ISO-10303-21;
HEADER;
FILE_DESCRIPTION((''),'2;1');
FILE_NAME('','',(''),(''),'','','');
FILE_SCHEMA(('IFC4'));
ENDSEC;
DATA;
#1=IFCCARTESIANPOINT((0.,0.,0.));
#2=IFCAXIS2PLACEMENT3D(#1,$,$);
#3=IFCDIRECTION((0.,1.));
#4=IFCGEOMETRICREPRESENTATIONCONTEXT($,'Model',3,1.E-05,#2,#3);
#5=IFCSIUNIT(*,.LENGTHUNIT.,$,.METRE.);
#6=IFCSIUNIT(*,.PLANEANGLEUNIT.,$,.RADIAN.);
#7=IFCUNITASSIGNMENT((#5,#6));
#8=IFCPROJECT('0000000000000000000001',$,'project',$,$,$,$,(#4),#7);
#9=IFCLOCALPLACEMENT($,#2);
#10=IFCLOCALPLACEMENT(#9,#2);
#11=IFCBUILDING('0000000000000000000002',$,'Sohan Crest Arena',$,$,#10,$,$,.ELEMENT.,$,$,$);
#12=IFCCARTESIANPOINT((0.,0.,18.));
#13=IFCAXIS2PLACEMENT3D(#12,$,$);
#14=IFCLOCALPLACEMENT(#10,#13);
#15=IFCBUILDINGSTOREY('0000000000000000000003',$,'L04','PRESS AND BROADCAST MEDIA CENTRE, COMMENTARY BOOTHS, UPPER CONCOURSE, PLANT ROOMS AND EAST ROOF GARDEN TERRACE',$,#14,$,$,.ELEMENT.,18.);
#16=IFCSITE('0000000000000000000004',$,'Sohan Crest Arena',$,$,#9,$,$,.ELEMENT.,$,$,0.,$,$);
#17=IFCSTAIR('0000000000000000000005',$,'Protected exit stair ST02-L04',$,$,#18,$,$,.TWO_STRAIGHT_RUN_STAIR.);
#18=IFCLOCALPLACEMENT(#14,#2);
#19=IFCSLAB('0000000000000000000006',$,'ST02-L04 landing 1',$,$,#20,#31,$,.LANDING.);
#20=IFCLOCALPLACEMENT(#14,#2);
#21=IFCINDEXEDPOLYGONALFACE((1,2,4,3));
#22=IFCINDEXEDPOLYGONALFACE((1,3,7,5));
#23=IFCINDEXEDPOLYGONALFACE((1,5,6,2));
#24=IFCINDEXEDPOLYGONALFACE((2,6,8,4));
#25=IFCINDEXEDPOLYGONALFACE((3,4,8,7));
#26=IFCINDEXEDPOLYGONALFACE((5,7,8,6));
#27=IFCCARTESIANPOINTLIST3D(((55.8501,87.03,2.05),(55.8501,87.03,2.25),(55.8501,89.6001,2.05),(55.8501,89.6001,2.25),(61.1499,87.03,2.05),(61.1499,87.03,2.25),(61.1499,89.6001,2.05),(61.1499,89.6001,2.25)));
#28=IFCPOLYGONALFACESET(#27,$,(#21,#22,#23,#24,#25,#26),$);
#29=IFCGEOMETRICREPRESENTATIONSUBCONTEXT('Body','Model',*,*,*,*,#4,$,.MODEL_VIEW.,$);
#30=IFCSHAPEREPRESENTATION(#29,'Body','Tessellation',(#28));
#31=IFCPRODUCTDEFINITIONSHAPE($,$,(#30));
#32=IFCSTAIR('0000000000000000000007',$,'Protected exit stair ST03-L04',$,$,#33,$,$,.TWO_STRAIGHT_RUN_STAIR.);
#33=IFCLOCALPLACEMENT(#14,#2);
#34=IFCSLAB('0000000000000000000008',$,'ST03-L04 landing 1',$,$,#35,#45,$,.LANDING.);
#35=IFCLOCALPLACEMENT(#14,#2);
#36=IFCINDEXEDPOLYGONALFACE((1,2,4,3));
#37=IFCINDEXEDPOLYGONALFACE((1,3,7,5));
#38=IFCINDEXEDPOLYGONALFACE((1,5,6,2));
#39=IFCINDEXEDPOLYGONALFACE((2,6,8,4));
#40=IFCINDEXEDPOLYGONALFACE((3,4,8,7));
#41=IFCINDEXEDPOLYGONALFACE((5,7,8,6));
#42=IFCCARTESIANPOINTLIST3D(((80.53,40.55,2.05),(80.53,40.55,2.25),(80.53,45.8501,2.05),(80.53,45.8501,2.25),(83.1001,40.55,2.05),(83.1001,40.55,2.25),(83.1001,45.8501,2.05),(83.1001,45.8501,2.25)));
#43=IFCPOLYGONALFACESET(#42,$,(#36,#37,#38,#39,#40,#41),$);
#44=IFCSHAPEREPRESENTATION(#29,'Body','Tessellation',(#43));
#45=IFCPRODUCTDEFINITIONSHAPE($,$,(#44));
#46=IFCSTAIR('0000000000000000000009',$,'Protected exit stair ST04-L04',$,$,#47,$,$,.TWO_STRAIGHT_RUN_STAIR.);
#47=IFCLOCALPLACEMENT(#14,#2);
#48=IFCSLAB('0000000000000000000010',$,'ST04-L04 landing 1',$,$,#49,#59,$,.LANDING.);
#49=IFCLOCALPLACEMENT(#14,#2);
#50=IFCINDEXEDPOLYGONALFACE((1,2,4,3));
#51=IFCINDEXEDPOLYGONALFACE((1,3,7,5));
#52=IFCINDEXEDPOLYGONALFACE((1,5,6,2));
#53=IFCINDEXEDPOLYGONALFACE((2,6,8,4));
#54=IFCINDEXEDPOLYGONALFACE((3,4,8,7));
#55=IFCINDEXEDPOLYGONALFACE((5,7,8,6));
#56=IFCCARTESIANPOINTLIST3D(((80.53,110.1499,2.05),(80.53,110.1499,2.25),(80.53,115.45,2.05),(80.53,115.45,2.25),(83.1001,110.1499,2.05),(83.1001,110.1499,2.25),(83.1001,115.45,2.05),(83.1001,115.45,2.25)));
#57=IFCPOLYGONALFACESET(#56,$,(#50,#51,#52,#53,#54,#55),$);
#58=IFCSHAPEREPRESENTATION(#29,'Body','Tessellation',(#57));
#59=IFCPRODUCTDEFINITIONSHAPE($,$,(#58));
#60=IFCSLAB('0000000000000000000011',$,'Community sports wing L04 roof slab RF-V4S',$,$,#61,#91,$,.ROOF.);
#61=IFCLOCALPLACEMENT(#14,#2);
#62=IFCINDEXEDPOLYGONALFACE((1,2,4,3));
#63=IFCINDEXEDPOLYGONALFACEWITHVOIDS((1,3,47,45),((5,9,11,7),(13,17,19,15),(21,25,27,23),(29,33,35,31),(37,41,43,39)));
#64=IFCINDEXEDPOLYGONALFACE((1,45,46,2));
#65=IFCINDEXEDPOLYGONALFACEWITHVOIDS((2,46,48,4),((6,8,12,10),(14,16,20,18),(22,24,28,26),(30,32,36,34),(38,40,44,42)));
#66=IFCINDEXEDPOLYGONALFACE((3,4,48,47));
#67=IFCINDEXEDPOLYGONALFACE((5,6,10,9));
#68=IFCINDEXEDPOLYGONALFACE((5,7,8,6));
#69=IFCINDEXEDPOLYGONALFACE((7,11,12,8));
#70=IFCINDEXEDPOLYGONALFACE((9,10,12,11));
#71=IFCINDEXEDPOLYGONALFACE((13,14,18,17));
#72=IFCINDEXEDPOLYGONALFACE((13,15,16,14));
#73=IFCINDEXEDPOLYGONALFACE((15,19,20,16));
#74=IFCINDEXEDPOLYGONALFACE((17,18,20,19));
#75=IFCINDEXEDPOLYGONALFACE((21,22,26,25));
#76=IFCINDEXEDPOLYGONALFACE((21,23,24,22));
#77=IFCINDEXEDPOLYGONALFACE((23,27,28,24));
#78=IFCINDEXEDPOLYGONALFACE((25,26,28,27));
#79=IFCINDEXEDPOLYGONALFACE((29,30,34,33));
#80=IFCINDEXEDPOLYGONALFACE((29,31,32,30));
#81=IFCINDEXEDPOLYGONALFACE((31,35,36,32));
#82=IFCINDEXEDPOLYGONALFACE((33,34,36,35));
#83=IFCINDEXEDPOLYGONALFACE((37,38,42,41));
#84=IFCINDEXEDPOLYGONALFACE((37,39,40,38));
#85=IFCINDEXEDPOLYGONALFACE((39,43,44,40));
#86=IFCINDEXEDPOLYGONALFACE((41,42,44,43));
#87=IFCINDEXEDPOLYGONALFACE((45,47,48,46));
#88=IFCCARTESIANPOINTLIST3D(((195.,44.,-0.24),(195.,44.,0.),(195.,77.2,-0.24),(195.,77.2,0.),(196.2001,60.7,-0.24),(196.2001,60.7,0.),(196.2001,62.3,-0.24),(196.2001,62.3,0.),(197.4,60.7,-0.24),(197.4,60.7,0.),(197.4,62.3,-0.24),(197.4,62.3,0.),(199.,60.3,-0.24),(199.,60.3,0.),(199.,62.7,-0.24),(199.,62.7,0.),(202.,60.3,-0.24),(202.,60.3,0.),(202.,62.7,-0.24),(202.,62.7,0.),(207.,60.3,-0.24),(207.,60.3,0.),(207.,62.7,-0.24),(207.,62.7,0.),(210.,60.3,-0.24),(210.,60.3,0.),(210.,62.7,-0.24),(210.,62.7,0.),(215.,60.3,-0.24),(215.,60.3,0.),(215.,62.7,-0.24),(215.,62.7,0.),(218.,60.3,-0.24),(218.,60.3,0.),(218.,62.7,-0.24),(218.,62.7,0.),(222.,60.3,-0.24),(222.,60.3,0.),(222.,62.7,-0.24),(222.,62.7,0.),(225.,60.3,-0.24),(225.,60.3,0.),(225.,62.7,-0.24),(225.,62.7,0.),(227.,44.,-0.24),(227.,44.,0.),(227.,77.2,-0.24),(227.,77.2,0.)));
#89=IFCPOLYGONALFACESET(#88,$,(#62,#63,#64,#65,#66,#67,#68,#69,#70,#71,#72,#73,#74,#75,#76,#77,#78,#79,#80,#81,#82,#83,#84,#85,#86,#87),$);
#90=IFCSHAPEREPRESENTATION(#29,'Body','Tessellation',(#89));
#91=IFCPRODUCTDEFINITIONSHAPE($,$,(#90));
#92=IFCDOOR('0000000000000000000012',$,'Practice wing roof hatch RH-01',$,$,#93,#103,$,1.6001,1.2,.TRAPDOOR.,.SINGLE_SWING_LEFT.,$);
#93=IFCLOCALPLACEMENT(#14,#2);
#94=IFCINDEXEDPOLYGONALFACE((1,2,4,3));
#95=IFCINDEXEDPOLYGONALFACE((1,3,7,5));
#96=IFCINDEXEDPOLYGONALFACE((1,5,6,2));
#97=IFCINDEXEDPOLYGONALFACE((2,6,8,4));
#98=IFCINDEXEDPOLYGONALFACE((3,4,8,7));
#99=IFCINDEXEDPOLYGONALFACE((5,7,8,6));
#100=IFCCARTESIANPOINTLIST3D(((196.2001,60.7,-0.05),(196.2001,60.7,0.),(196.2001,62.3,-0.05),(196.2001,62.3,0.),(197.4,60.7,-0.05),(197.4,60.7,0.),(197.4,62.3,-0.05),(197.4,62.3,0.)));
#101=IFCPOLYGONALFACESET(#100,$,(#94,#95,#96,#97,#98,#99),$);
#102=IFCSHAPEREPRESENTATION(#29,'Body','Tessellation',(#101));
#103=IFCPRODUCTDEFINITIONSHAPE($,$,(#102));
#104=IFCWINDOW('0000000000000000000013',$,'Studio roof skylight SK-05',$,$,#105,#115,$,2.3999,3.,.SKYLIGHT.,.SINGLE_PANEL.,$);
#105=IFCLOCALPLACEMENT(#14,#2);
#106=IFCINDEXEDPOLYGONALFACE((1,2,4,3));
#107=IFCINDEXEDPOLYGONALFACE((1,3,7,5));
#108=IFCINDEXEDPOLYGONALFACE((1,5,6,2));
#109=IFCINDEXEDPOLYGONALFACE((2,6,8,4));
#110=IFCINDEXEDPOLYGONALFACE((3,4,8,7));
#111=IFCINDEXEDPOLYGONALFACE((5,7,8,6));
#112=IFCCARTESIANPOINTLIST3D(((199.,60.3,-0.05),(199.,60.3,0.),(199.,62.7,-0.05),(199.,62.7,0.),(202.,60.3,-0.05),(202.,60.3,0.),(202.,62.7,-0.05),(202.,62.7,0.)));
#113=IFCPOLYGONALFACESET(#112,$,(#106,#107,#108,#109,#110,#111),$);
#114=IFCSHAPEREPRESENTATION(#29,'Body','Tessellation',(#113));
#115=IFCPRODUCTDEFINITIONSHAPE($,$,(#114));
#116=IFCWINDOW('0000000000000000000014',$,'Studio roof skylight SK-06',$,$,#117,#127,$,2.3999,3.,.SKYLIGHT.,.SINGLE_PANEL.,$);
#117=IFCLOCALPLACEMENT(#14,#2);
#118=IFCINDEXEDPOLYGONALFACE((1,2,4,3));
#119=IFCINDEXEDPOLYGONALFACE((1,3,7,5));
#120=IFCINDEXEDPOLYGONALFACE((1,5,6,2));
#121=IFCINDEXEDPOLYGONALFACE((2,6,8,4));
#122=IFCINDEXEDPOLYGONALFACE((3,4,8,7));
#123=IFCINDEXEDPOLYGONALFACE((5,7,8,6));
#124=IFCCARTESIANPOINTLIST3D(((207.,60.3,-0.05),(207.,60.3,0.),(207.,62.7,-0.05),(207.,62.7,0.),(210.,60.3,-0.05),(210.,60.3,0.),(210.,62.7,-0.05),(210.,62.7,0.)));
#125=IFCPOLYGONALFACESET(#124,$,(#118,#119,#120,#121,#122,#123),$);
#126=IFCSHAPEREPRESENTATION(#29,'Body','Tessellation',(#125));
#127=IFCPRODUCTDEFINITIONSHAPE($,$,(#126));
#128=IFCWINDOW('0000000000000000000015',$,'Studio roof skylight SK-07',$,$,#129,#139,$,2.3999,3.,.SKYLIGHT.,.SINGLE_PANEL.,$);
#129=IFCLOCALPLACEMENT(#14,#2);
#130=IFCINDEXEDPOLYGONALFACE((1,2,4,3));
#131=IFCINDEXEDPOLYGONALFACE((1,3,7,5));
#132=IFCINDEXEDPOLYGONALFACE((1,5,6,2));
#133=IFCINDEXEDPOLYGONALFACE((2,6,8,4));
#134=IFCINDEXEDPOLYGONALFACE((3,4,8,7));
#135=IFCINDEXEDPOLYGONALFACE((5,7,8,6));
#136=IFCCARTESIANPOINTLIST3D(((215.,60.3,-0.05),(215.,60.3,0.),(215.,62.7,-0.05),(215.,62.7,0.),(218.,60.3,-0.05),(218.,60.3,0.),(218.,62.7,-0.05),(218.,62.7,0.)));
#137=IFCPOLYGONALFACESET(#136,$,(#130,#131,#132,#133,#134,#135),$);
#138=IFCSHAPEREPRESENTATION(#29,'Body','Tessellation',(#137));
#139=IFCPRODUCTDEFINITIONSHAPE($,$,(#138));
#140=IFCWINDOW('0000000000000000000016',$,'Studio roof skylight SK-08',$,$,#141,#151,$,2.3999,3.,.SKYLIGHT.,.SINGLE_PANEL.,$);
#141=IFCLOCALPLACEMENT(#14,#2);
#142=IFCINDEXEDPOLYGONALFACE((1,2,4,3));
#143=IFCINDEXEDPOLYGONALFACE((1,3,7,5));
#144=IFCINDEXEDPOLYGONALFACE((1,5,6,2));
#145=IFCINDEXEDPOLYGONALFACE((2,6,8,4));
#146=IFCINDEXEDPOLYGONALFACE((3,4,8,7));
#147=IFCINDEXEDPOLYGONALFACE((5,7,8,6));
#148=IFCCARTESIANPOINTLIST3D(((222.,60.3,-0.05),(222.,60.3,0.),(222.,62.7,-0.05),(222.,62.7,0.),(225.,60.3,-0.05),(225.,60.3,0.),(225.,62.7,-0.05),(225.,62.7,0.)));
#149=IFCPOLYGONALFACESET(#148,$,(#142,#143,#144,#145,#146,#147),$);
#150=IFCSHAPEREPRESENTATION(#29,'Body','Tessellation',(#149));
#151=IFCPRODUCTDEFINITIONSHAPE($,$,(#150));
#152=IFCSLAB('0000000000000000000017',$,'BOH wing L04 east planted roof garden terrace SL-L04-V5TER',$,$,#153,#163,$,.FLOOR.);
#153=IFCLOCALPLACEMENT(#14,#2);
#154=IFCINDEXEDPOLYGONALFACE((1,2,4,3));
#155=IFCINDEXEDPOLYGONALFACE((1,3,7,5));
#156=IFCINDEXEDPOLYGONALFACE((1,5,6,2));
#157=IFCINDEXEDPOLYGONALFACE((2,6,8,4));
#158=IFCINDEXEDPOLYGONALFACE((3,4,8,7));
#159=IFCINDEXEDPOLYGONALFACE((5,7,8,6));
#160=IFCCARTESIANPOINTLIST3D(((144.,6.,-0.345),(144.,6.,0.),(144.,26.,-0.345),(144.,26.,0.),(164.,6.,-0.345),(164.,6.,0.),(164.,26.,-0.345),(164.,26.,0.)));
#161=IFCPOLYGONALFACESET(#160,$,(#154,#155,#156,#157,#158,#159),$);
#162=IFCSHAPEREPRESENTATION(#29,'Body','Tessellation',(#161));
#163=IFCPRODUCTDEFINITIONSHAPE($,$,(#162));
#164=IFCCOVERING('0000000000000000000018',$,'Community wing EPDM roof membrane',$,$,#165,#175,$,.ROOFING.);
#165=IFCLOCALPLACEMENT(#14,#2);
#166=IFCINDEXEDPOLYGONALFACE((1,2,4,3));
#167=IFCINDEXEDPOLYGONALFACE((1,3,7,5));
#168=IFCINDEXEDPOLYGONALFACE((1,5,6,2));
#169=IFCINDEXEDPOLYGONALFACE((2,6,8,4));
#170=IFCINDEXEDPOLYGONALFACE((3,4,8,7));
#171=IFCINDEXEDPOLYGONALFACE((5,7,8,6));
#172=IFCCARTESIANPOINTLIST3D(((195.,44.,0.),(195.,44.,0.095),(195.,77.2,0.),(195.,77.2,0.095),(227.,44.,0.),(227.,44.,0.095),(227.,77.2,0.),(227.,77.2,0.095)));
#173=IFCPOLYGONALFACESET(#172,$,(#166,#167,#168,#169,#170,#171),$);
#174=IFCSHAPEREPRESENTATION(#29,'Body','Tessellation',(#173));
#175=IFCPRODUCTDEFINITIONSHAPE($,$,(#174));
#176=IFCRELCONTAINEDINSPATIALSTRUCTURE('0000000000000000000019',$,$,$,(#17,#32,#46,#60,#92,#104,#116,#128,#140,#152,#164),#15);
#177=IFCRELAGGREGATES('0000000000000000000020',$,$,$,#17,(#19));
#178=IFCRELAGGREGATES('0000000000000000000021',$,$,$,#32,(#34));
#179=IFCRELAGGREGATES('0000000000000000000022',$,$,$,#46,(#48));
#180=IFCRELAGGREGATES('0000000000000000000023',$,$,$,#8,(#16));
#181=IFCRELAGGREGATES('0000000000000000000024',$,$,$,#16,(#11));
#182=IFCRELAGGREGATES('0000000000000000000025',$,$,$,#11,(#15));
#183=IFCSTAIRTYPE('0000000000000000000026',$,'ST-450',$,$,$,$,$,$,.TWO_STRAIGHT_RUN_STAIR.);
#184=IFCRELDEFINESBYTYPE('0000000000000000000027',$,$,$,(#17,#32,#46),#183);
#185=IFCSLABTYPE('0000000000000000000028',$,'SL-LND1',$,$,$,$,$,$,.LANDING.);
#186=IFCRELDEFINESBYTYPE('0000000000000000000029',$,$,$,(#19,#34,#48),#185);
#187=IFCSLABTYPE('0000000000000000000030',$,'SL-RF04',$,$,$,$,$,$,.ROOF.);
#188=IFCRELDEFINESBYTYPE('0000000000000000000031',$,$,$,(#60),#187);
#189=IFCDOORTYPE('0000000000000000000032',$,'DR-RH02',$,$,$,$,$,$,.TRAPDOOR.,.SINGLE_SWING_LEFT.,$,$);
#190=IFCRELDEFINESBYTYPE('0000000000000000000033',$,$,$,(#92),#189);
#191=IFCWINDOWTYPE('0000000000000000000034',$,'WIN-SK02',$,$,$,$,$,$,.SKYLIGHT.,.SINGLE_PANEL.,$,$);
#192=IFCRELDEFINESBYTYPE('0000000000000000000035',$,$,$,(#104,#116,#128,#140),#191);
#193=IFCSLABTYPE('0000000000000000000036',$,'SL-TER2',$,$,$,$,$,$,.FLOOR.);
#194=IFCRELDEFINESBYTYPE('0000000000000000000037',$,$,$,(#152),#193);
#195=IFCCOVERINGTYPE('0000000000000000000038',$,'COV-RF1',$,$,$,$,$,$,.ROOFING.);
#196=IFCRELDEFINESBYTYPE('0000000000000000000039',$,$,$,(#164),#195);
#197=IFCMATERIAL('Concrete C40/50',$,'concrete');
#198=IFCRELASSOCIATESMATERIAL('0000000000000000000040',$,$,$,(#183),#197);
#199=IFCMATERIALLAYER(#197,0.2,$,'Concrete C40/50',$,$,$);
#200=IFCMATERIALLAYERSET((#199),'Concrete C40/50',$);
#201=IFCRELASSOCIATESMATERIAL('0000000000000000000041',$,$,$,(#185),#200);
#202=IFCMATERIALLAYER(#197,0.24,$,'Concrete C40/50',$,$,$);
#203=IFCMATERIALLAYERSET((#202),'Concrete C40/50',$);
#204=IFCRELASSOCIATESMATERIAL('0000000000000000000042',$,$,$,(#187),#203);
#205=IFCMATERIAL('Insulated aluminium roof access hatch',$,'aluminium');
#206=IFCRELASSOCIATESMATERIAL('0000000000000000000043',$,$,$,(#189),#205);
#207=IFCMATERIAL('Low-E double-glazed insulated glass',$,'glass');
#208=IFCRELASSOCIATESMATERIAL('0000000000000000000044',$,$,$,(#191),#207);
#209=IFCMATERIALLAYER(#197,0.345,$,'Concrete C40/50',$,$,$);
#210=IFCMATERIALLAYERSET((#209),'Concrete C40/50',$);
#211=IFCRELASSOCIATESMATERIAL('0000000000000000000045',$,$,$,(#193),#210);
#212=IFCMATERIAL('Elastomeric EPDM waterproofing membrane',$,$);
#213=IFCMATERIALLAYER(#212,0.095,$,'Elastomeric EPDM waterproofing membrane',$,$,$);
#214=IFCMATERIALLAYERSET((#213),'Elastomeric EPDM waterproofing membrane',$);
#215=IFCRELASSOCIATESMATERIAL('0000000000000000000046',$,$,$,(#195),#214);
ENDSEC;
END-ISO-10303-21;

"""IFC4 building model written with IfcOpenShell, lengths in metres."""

from ifc_helpers import new_model, si_unit, direction, frame, origin, origin_2d, place, context, subcontext, project, spatial, polyline, rectangle, outline, extrude, material, layer, layer_set, type_object, element, fill, aggregate, save


model = new_model("IFC4")

# Units and contexts
model_context = context("Model", 3, precision=1e-05, world=origin(), true_north=direction((0.0, 1.0)))
body_context = subcontext(model_context, "Body", "Model", "MODEL_VIEW")
ifc_project = project(units=[si_unit("LENGTHUNIT", "METRE"), si_unit("PLANEANGLEUNIT", "RADIAN")], contexts=[model_context])

# Site, building, storey
site_placement = place(None, origin())
site = spatial("IfcSite", under=ifc_project, at=site_placement, Name="Sohan Crest Arena", CompositionType="ELEMENT", RefElevation=0.0)
building_placement = place(site_placement, origin())
building = spatial("IfcBuilding", under=site, at=building_placement, Name="Sohan Crest Arena", CompositionType="ELEMENT")
storey_placement = place(building_placement, frame((0.0, 0.0, 18.0)))
storey = spatial("IfcBuildingStorey", under=building, at=storey_placement, Name="L04", Description="PRESS AND BROADCAST MEDIA CENTRE, COMMENTARY BOOTHS, UPPER CONCOURSE, PLANT ROOMS AND EAST ROOF GARDEN TERRACE", CompositionType="ELEMENT", Elevation=18.0)

# Shared definitions
ifc_material_1 = material(Name="Concrete C40/50", Category="concrete")

# Stairs, slabs
stair_type = type_object("IfcStairType", Name="ST-450", PredefinedType="TWO_STRAIGHT_RUN_STAIR", material=ifc_material_1)
ifc_layer_1 = layer(ifc_material_1, 0.2, Name="Concrete C40/50")
ifc_layer_set_1 = layer_set([ifc_layer_1], Name="Concrete C40/50")
slab_type_1 = type_object("IfcSlabType", Name="SL-LND1", PredefinedType="LANDING", material=ifc_layer_set_1)
stair_1_placement = place(storey_placement, origin())
stair_1 = element("IfcStair", 1, at=stair_1_placement, inside=storey, type_object=stair_type, Name="Protected exit stair ST02-L04", PredefinedType="TWO_STRAIGHT_RUN_STAIR")
slab_1_placement = place(storey_placement, frame((0.0, 0.0, 2.05)))
slab_1 = element("IfcSlab", 2, at=slab_1_placement, type_object=slab_type_1, Name="ST02-L04 landing 1", PredefinedType="LANDING", context=body_context, shape_type="SweptSolid", body=[
    extrude(outline(polyline([(55.8501, 87.03), (61.1499, 87.03), (61.1499, 89.6001), (55.8501, 89.6001), (55.8501, 87.03)])), origin(), (0.0, 0.0, 1.0), 0.2),
])
aggregate(stair_1, [slab_1])
stair_2_placement = place(storey_placement, origin())
stair_2 = element("IfcStair", 3, at=stair_2_placement, inside=storey, type_object=stair_type, Name="Protected exit stair ST03-L04", PredefinedType="TWO_STRAIGHT_RUN_STAIR")
slab_2_placement = place(storey_placement, frame((0.0, 0.0, 2.05)))
slab_2 = element("IfcSlab", 4, at=slab_2_placement, type_object=slab_type_1, Name="ST03-L04 landing 1", PredefinedType="LANDING", context=body_context, shape_type="SweptSolid", body=[
    extrude(outline(polyline([(80.53, 40.55), (83.1001, 40.55), (83.1001, 45.8501), (80.53, 45.8501), (80.53, 40.55)])), origin(), (0.0, 0.0, 1.0), 0.2),
])
aggregate(stair_2, [slab_2])
stair_3_placement = place(storey_placement, origin())
stair_3 = element("IfcStair", 5, at=stair_3_placement, inside=storey, type_object=stair_type, Name="Protected exit stair ST04-L04", PredefinedType="TWO_STRAIGHT_RUN_STAIR")
slab_3_placement = place(storey_placement, frame((0.0, 0.0, 2.05)))
slab_3 = element("IfcSlab", 6, at=slab_3_placement, type_object=slab_type_1, Name="ST04-L04 landing 1", PredefinedType="LANDING", context=body_context, shape_type="SweptSolid", body=[
    extrude(outline(polyline([(80.53, 110.1499), (83.1001, 110.1499), (83.1001, 115.45), (80.53, 115.45), (80.53, 110.1499)])), origin(), (0.0, 0.0, 1.0), 0.2),
])
aggregate(stair_3, [slab_3])

# Slab, openings, door, windows
ifc_layer_2 = layer(ifc_material_1, 0.24, Name="Concrete C40/50")
ifc_layer_set_2 = layer_set([ifc_layer_2], Name="Concrete C40/50")
slab_type_2 = type_object("IfcSlabType", Name="SL-RF04", PredefinedType="ROOF", material=ifc_layer_set_2)
slab_4_placement = place(storey_placement, frame((0.0, 0.0, -0.24)))
slab_4 = element("IfcSlab", 7, at=slab_4_placement, inside=storey, type_object=slab_type_2, Name="Community sports wing L04 roof slab RF-V4S", PredefinedType="ROOF", context=body_context, shape_type="SweptSolid", body=[
    extrude(outline(polyline([(195.0, 44.0), (227.0, 44.0), (227.0, 77.2), (195.0, 77.2), (195.0, 44.0)])), origin(), (0.0, 0.0, 1.0), 0.24),
])
opening_1_placement = place(slab_4_placement, frame((200.5, 61.5, 0.0)))
opening_1 = element("IfcOpeningElement", 8, at=opening_1_placement, cuts=slab_4, PredefinedType="OPENING", context=body_context, shape_type="SweptSolid", body=[
    extrude(rectangle(XDim=3.0, YDim=2.3999, at=origin_2d()), origin(), (0.0, 0.0, 1.0), 0.24),
])
opening_2_placement = place(slab_4_placement, frame((208.5, 61.5, 0.0)))
opening_2 = element("IfcOpeningElement", 9, at=opening_2_placement, cuts=slab_4, PredefinedType="OPENING", context=body_context, shape_type="SweptSolid", body=[
    extrude(rectangle(XDim=3.0, YDim=2.3999, at=origin_2d()), origin(), (0.0, 0.0, 1.0), 0.24),
])
opening_3_placement = place(slab_4_placement, frame((216.5, 61.5, 0.0)))
opening_3 = element("IfcOpeningElement", 10, at=opening_3_placement, cuts=slab_4, PredefinedType="OPENING", context=body_context, shape_type="SweptSolid", body=[
    extrude(rectangle(XDim=3.0, YDim=2.3999, at=origin_2d()), origin(), (0.0, 0.0, 1.0), 0.24),
])
opening_4_placement = place(slab_4_placement, frame((223.5, 61.5, 0.0)))
opening_4 = element("IfcOpeningElement", 11, at=opening_4_placement, cuts=slab_4, PredefinedType="OPENING", context=body_context, shape_type="SweptSolid", body=[
    extrude(rectangle(XDim=3.0, YDim=2.3999, at=origin_2d()), origin(), (0.0, 0.0, 1.0), 0.24),
])
opening_5_placement = place(slab_4_placement, frame((196.8, 61.5, 0.0)))
opening_5 = element("IfcOpeningElement", 12, at=opening_5_placement, cuts=slab_4, PredefinedType="OPENING", context=body_context, shape_type="SweptSolid", body=[
    extrude(rectangle(XDim=1.2, YDim=1.6001, at=origin_2d()), origin(), (0.0, 0.0, 1.0), 0.24),
])
ifc_material_2 = material(Name="Insulated aluminium roof access hatch", Category="aluminium")
door_type = type_object("IfcDoorType", Name="DR-RH02", OperationType="SINGLE_SWING_LEFT", PredefinedType="TRAPDOOR", material=ifc_material_2)
door_placement = place(opening_5_placement, frame((0.0, 0.0, 0.1899)))
door = element("IfcDoor", 13, at=door_placement, inside=storey, type_object=door_type, Name="Practice wing roof hatch RH-01", OperationType="SINGLE_SWING_LEFT", OverallHeight=1.6001, OverallWidth=1.2, PredefinedType="TRAPDOOR", context=body_context, shape_type="SweptSolid", body=[
    extrude(rectangle(XDim=1.2, YDim=1.6001, at=origin_2d()), origin(), (0.0, 0.0, 1.0), 0.05),
])
fill(opening_5, door)
ifc_material_3 = material(Name="Low-E double-glazed insulated glass", Category="glass")
window_type = type_object("IfcWindowType", Name="WIN-SK02", PartitioningType="SINGLE_PANEL", PredefinedType="SKYLIGHT", material=ifc_material_3)
window_1_placement = place(opening_1_placement, frame((0.0, 0.0, 0.1899)))
window_1 = element("IfcWindow", 14, at=window_1_placement, inside=storey, type_object=window_type, Name="Studio roof skylight SK-05", OverallHeight=2.3999, OverallWidth=3.0, PartitioningType="SINGLE_PANEL", PredefinedType="SKYLIGHT", context=body_context, shape_type="SweptSolid", body=[
    extrude(rectangle(XDim=3.0, YDim=2.3999, at=origin_2d()), origin(), (0.0, 0.0, 1.0), 0.05),
])
fill(opening_1, window_1)
window_2_placement = place(opening_2_placement, frame((0.0, 0.0, 0.1899)))
window_2 = element("IfcWindow", 15, at=window_2_placement, inside=storey, type_object=window_type, Name="Studio roof skylight SK-06", OverallHeight=2.3999, OverallWidth=3.0, PartitioningType="SINGLE_PANEL", PredefinedType="SKYLIGHT", context=body_context, shape_type="SweptSolid", body=[
    extrude(rectangle(XDim=3.0, YDim=2.3999, at=origin_2d()), origin(), (0.0, 0.0, 1.0), 0.05),
])
fill(opening_2, window_2)
window_3_placement = place(opening_3_placement, frame((0.0, 0.0, 0.1899)))
window_3 = element("IfcWindow", 16, at=window_3_placement, inside=storey, type_object=window_type, Name="Studio roof skylight SK-07", OverallHeight=2.3999, OverallWidth=3.0, PartitioningType="SINGLE_PANEL", PredefinedType="SKYLIGHT", context=body_context, shape_type="SweptSolid", body=[
    extrude(rectangle(XDim=3.0, YDim=2.3999, at=origin_2d()), origin(), (0.0, 0.0, 1.0), 0.05),
])
fill(opening_3, window_3)
window_4_placement = place(opening_4_placement, frame((0.0, 0.0, 0.1899)))
window_4 = element("IfcWindow", 17, at=window_4_placement, inside=storey, type_object=window_type, Name="Studio roof skylight SK-08", OverallHeight=2.3999, OverallWidth=3.0, PartitioningType="SINGLE_PANEL", PredefinedType="SKYLIGHT", context=body_context, shape_type="SweptSolid", body=[
    extrude(rectangle(XDim=3.0, YDim=2.3999, at=origin_2d()), origin(), (0.0, 0.0, 1.0), 0.05),
])
fill(opening_4, window_4)

# Slab
ifc_layer_3 = layer(ifc_material_1, 0.345, Name="Concrete C40/50")
ifc_layer_set_3 = layer_set([ifc_layer_3], Name="Concrete C40/50")
slab_type_3 = type_object("IfcSlabType", Name="SL-TER2", PredefinedType="FLOOR", material=ifc_layer_set_3)
slab_5_placement = place(storey_placement, frame((0.0, 0.0, -0.345)))
element("IfcSlab", 18, at=slab_5_placement, inside=storey, type_object=slab_type_3, Name="BOH wing L04 east planted roof garden terrace SL-L04-V5TER", PredefinedType="FLOOR", context=body_context, shape_type="SweptSolid", body=[
    extrude(outline(polyline([(144.0, 6.0), (164.0, 6.0), (164.0, 26.0), (144.0, 26.0), (144.0, 6.0)])), origin(), (0.0, 0.0, 1.0), 0.345),
])

# Covering
ifc_material_4 = material(Name="Elastomeric EPDM waterproofing membrane")
ifc_layer_4 = layer(ifc_material_4, 0.095, Name="Elastomeric EPDM waterproofing membrane")
ifc_layer_set_4 = layer_set([ifc_layer_4], Name="Elastomeric EPDM waterproofing membrane")
covering_type = type_object("IfcCoveringType", Name="COV-RF1", PredefinedType="ROOFING", material=ifc_layer_set_4)
covering_placement = place(storey_placement, origin())
element("IfcCovering", 19, at=covering_placement, inside=storey, type_object=covering_type, Name="Community wing EPDM roof membrane", PredefinedType="ROOFING", context=body_context, shape_type="SweptSolid", body=[
    extrude(outline(polyline([(195.0, 44.0), (227.0, 44.0), (227.0, 77.2), (195.0, 77.2), (195.0, 44.0)])), origin(), (0.0, 0.0, 1.0), 0.095),
])

save(model, "model.ifc")
